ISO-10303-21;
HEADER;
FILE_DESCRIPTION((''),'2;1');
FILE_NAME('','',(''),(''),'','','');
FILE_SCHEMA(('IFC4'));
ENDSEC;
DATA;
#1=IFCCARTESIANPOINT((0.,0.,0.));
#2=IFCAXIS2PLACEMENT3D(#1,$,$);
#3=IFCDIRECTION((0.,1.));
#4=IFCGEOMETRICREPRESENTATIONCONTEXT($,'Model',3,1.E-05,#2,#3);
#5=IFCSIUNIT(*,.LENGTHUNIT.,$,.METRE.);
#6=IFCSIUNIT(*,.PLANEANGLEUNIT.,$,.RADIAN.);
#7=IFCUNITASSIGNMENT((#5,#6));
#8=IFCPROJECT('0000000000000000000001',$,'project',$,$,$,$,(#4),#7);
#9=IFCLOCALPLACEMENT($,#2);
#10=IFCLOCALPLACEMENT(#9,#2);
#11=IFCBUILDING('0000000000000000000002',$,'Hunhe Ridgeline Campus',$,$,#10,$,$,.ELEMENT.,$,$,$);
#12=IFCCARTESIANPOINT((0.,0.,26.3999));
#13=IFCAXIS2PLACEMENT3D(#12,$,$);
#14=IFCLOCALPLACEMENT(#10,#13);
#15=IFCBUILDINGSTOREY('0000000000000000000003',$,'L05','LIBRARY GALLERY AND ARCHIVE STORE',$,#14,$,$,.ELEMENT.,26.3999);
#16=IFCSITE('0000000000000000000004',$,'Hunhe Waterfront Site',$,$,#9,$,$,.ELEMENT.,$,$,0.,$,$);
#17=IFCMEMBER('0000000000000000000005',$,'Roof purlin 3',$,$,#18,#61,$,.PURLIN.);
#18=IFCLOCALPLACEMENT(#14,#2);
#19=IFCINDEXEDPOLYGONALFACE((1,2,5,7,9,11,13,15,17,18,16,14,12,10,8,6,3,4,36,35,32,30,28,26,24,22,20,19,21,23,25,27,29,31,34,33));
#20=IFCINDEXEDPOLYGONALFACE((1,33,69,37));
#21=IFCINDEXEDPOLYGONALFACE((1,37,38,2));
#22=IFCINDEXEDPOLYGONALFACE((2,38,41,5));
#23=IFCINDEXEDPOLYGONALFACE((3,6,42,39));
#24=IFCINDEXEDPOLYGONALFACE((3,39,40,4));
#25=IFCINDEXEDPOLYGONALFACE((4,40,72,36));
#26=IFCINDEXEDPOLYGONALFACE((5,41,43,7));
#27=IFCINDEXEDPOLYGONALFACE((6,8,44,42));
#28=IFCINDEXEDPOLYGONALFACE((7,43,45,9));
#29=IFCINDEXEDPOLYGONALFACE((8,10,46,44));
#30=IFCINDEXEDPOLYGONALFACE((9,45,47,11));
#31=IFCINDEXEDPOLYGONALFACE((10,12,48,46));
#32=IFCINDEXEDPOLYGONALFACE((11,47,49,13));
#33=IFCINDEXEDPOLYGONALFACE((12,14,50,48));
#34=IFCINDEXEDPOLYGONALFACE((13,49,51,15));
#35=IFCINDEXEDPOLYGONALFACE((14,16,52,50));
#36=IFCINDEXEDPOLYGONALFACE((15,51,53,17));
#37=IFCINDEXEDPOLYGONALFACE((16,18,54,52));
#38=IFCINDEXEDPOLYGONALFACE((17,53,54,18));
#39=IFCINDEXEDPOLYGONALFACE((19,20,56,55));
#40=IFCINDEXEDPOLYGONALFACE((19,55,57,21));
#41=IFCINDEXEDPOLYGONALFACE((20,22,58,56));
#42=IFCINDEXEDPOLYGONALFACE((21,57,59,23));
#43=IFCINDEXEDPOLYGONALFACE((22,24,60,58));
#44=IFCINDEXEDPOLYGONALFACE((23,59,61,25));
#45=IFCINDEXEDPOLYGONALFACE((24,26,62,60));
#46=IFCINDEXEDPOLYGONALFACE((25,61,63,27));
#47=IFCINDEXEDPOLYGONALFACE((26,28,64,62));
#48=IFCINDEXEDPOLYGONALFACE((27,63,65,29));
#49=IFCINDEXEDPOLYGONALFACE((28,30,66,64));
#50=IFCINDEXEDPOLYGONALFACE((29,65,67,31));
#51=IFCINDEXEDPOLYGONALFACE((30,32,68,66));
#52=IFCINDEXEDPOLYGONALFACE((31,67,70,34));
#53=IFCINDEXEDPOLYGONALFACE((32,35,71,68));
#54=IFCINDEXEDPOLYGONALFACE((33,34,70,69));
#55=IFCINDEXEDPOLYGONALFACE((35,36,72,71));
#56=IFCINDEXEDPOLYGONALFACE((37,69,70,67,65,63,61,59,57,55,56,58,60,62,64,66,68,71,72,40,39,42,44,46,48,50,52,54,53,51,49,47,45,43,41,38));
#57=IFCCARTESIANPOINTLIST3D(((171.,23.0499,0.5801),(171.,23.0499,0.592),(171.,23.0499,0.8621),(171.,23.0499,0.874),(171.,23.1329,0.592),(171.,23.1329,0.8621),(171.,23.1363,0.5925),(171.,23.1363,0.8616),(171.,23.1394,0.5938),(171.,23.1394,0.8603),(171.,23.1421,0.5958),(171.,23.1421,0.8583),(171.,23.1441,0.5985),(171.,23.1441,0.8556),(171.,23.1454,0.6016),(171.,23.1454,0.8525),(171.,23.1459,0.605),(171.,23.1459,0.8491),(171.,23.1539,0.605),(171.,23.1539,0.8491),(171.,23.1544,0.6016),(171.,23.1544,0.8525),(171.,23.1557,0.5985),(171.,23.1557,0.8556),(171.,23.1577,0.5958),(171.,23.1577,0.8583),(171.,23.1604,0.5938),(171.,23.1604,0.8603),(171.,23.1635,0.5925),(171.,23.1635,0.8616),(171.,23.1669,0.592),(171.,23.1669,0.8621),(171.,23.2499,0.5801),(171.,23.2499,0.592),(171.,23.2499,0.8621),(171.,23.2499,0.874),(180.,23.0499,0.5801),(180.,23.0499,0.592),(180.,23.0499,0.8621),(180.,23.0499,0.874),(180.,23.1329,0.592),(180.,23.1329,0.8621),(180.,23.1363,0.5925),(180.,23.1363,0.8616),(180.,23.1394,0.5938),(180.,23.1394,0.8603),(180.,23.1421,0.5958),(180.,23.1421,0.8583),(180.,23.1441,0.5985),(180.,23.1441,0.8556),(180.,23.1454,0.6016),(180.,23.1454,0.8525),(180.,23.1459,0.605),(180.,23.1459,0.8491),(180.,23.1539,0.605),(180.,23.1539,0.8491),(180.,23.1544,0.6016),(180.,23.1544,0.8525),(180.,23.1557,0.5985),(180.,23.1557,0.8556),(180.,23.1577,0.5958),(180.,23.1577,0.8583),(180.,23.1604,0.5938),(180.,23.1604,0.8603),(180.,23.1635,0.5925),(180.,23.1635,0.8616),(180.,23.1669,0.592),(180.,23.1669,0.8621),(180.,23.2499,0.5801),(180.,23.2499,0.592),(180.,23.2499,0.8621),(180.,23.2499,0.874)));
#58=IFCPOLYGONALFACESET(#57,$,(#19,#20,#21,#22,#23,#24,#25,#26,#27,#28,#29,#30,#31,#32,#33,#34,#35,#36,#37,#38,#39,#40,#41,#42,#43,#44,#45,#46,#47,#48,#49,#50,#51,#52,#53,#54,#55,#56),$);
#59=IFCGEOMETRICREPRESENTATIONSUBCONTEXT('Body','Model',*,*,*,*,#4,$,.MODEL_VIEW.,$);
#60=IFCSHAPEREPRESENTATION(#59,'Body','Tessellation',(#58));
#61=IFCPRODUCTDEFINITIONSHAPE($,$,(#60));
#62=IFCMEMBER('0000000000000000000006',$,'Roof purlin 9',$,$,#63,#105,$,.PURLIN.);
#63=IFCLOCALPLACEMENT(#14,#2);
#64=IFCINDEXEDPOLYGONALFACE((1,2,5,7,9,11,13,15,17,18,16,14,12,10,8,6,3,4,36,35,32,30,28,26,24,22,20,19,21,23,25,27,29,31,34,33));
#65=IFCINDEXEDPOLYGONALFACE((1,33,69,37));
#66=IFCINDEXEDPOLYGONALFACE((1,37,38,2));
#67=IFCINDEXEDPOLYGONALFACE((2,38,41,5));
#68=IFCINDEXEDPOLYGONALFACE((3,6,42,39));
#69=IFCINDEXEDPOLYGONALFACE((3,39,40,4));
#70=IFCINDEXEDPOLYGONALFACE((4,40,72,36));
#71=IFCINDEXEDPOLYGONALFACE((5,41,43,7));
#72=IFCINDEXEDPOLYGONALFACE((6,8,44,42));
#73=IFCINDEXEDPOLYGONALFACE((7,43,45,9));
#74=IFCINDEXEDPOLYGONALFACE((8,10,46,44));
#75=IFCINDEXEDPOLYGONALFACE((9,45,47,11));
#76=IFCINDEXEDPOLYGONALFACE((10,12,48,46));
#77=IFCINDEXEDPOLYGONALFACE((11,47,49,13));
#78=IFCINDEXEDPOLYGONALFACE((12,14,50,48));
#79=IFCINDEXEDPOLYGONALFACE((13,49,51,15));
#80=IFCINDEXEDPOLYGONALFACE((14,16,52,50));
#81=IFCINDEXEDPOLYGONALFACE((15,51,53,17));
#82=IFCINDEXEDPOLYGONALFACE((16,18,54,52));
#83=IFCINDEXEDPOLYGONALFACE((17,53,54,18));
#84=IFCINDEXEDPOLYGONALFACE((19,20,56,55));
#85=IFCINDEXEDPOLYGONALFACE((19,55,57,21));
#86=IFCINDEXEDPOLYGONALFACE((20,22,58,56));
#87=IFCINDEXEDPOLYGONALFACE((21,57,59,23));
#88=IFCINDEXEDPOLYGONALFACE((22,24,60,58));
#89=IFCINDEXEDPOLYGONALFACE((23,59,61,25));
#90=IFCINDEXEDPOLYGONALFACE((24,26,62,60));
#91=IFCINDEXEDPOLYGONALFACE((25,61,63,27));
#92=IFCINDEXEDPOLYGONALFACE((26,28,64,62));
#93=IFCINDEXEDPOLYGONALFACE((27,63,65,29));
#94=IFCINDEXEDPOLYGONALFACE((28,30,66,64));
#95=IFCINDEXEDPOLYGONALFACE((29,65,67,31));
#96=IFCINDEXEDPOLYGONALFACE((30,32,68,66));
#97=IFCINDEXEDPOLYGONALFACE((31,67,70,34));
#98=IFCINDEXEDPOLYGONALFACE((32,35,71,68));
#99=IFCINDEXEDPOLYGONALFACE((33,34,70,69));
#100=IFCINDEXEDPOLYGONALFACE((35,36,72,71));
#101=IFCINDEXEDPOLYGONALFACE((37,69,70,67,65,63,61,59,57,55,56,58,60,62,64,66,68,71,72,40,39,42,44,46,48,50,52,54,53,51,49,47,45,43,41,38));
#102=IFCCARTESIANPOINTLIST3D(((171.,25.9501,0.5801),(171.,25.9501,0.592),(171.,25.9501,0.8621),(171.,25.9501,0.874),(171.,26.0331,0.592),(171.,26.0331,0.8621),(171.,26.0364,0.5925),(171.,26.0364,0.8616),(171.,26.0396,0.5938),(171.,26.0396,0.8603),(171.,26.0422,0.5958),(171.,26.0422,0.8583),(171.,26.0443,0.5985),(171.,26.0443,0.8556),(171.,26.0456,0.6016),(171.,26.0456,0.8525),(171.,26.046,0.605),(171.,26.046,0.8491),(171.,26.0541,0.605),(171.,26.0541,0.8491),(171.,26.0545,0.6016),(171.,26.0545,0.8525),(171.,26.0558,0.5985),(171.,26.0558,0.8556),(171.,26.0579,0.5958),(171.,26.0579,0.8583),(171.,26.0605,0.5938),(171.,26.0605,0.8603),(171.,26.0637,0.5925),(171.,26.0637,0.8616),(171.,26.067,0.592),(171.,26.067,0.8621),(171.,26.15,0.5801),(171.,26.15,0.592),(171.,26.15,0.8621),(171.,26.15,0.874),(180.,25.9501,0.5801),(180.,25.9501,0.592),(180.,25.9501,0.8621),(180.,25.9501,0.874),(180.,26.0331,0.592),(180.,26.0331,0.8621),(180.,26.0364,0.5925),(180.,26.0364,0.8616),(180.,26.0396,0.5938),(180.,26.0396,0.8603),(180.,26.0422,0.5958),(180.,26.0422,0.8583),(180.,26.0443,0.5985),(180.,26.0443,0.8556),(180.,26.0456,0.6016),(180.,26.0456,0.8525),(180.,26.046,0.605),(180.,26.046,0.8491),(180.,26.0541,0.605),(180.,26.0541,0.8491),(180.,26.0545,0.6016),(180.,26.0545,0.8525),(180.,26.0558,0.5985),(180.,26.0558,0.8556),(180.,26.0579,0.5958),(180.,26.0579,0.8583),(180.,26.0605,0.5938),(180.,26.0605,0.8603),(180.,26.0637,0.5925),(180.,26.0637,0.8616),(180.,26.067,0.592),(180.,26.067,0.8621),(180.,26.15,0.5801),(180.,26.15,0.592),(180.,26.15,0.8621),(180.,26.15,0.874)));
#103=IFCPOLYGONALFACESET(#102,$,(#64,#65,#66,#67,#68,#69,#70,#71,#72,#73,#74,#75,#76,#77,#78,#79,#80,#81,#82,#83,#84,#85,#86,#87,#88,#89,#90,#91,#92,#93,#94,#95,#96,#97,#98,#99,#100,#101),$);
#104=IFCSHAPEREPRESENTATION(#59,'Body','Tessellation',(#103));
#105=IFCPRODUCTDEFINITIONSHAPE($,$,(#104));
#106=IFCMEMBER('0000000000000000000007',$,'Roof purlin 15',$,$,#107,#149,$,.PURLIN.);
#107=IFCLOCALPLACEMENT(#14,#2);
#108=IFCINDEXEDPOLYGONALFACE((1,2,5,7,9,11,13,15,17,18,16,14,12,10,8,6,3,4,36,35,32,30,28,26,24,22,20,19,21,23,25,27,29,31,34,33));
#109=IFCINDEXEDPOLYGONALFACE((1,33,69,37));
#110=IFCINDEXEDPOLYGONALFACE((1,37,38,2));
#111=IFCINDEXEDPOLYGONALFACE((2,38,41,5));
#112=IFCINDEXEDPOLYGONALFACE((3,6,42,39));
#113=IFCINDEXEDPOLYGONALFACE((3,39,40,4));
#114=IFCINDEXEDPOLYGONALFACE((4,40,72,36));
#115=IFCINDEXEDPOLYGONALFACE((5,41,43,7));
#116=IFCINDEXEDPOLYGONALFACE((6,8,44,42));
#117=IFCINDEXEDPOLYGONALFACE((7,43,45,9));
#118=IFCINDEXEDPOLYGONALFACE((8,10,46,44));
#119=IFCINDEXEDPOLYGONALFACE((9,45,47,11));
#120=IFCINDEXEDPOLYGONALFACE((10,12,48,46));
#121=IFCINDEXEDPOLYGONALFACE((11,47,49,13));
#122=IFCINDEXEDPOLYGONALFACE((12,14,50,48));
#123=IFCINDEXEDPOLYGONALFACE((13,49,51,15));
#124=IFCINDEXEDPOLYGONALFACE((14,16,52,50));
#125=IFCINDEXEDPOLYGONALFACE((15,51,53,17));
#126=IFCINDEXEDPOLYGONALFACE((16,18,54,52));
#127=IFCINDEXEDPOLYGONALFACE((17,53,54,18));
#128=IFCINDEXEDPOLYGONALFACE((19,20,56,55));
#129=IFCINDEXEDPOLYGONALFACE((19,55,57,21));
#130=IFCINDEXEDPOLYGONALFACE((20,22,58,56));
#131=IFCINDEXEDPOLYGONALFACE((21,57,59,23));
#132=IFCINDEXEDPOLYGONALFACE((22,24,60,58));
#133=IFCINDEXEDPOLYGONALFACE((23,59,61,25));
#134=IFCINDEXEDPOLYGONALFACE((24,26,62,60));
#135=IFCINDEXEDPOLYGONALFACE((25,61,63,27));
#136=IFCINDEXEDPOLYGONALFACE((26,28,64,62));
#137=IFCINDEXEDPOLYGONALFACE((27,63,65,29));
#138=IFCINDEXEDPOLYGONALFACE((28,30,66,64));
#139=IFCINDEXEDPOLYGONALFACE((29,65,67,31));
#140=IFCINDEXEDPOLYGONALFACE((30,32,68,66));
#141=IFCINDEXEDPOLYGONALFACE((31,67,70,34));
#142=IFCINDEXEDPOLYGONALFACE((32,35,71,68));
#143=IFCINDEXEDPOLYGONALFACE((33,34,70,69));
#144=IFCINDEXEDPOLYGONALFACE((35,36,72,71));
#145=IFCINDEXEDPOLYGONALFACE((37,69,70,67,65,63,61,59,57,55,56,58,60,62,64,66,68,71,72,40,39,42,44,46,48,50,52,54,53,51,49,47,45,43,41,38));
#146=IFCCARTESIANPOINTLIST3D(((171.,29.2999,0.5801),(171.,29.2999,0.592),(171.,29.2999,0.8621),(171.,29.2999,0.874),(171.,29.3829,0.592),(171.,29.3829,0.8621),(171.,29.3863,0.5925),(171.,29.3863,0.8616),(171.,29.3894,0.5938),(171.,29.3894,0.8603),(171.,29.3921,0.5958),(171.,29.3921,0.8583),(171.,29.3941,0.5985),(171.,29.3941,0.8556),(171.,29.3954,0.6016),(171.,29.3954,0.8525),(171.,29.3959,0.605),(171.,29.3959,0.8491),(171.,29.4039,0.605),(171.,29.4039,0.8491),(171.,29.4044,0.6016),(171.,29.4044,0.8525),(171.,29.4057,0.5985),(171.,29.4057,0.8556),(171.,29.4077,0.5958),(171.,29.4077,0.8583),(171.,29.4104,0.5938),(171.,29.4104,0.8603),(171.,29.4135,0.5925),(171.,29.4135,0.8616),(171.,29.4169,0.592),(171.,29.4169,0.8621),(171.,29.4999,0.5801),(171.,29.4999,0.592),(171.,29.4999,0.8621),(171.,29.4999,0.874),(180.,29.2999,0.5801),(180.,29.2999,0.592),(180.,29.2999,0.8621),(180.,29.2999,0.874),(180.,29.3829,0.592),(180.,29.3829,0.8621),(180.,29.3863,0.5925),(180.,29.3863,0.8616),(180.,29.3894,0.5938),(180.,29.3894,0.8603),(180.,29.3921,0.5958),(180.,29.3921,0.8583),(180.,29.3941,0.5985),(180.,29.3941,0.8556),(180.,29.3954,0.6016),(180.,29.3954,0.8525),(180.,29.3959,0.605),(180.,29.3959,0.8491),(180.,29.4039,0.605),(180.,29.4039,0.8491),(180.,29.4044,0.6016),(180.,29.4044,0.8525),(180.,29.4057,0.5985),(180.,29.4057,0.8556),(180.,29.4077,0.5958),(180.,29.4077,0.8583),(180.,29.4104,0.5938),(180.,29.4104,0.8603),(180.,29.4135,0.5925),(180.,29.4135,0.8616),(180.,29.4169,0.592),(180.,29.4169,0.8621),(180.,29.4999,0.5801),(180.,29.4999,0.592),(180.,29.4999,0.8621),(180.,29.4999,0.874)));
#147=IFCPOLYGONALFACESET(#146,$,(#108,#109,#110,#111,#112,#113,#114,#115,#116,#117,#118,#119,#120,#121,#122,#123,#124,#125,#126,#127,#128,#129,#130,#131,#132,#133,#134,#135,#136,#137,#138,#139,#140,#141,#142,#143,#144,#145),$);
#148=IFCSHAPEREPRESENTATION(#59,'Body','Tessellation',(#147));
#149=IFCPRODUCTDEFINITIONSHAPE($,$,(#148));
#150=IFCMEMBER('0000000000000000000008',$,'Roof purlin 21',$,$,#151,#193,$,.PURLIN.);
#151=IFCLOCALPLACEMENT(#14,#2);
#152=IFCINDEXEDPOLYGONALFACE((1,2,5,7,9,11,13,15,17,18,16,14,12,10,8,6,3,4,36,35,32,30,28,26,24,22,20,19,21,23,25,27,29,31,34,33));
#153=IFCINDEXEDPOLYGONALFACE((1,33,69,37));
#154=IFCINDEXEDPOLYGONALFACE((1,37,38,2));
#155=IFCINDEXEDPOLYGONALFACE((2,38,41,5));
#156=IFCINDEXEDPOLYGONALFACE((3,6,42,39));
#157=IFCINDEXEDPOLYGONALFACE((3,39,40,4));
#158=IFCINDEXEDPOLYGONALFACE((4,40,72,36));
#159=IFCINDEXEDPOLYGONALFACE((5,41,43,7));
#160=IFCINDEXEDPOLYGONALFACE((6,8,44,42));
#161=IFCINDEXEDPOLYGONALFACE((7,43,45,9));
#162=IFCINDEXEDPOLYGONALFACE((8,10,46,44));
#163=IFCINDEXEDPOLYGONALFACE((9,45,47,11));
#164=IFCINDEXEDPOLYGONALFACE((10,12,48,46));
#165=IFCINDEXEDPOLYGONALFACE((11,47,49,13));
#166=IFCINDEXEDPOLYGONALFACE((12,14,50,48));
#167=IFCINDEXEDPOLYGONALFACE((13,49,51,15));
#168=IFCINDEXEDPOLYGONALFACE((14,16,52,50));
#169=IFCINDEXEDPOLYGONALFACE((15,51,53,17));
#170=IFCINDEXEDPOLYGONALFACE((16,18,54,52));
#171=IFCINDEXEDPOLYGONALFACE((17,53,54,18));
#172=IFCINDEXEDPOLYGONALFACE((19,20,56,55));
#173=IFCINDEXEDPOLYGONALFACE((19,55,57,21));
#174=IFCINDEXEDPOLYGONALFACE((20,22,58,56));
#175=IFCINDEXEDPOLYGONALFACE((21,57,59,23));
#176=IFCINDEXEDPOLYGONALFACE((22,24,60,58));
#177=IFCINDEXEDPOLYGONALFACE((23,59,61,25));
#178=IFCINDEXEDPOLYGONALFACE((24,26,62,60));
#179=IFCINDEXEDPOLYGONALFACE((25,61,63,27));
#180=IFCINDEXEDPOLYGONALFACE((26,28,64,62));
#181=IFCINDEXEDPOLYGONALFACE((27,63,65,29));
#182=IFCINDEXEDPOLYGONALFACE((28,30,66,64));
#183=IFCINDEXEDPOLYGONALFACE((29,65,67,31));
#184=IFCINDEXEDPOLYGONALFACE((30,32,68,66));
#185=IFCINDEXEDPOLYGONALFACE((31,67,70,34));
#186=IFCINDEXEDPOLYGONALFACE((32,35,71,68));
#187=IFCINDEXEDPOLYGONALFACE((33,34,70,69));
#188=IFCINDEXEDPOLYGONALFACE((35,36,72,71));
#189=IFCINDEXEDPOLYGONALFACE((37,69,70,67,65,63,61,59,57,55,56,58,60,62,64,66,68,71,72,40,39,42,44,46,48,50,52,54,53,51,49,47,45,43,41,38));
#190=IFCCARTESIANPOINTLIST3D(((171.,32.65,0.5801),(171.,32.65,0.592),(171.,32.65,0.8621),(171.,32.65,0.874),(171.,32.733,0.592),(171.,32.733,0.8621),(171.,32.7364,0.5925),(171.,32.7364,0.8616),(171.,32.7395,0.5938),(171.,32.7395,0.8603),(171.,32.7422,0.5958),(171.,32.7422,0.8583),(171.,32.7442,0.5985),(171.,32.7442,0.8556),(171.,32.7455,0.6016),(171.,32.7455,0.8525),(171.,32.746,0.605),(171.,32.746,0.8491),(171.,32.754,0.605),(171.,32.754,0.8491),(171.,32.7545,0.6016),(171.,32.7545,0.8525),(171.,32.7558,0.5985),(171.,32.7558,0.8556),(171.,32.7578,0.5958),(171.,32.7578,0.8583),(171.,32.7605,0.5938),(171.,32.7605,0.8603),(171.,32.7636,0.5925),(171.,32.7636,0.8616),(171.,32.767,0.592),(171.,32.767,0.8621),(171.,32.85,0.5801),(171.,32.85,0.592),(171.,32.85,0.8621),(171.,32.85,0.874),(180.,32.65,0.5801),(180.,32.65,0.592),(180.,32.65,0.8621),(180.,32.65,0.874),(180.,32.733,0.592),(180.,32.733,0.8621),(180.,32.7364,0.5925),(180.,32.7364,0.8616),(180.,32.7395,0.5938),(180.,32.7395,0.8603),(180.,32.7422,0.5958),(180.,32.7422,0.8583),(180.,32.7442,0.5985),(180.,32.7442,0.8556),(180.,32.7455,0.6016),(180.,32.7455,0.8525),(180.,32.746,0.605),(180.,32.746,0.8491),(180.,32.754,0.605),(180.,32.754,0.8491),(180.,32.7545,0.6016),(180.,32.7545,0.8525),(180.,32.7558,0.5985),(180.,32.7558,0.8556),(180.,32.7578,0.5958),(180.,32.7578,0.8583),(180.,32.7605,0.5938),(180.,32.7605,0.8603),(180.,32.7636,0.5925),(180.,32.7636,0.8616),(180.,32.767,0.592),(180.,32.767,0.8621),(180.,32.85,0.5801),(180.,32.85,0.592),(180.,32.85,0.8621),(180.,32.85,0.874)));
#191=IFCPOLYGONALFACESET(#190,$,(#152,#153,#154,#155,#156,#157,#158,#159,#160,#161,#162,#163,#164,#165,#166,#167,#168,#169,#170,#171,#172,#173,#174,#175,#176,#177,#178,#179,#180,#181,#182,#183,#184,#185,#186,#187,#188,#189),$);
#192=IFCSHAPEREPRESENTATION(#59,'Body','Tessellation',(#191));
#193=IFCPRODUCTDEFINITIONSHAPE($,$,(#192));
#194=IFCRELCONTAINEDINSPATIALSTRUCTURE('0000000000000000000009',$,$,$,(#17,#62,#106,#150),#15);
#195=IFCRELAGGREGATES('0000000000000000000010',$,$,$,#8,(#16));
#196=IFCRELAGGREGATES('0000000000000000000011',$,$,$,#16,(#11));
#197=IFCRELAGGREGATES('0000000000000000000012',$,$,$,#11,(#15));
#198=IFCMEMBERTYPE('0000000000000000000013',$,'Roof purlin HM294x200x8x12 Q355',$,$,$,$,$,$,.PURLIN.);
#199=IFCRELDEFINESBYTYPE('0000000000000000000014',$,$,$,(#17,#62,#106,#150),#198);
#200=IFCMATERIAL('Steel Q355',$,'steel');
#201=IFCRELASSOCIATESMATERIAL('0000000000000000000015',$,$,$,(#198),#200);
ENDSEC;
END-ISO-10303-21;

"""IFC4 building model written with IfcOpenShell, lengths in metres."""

from ifc_helpers import new_model, si_unit, direction, frame, origin, origin_2d, place, context, subcontext, project, spatial, i_section, extrude, material, material_profile, profile_set, type_object, element, save


model = new_model("IFC4")

# Units and contexts
model_context = context("Model", 3, precision=1e-05, world=origin(), true_north=direction((0.0, 1.0)))
body_context = subcontext(model_context, "Body", "Model", "MODEL_VIEW")
ifc_project = project(units=[si_unit("LENGTHUNIT", "METRE"), si_unit("PLANEANGLEUNIT", "RADIAN")], contexts=[model_context])

# Site, building, storey
site_placement = place(None, origin())
site = spatial("IfcSite", under=ifc_project, at=site_placement, Name="Hunhe Waterfront Site", CompositionType="ELEMENT", RefElevation=0.0)
building_placement = place(site_placement, origin())
building = spatial("IfcBuilding", under=site, at=building_placement, Name="Hunhe Ridgeline Campus", CompositionType="ELEMENT")
storey_placement = place(building_placement, frame((0.0, 0.0, 26.3999)))
storey = spatial("IfcBuildingStorey", under=building, at=storey_placement, Name="L05", Description="LIBRARY GALLERY AND ARCHIVE STORE", CompositionType="ELEMENT", Elevation=26.3999)

# Members
ifc_material = material(Name="Steel Q355", Category="steel")
ifc_material_profile_1 = material_profile(ifc_material, i_section(OverallWidth=0.2, OverallDepth=0.2939, WebThickness=0.0081, FlangeThickness=0.012, FilletRadius=0.0129, at=origin_2d()))
ifc_profile_set_1 = profile_set([ifc_material_profile_1], Name="Steel Q355")
member_type_1 = type_object("IfcMemberType", Name="Roof purlin HM294x200x8x12 Q355", PredefinedType="PURLIN", material=ifc_profile_set_1)
for number, where, z_axis, x_axis, name in (
    (1, (171.0, 23.1499, 0.7271), (1.0, 0.0, 0.0), (0.0, 1.0, 0.0), "Roof purlin 3"),
    (2, (171.0, 26.05, 0.7271), (1.0, 0.0, 0.0), (0.0, 1.0, 0.0), "Roof purlin 9"),
    (3, (171.0, 29.3999, 0.7271), (1.0, 0.0, 0.0), (0.0, 1.0, 0.0), "Roof purlin 15"),
    (4, (171.0, 32.75, 0.7271), (1.0, 0.0, 0.0), (0.0, 1.0, 0.0), "Roof purlin 21"),
):
    element("IfcMember", number, at=place(storey_placement, frame(where, z_axis=z_axis, x_axis=x_axis)), inside=storey, type_object=member_type_1, Name=name, PredefinedType="PURLIN", context=body_context, shape_type="SweptSolid", body=[
        extrude(i_section(OverallWidth=0.2, OverallDepth=0.2939, WebThickness=0.0081, FlangeThickness=0.012, FilletRadius=0.0129, at=origin_2d()), origin(), (0.0, 0.0, 1.0), 9.0),
    ])

save(model, "model.ifc")
